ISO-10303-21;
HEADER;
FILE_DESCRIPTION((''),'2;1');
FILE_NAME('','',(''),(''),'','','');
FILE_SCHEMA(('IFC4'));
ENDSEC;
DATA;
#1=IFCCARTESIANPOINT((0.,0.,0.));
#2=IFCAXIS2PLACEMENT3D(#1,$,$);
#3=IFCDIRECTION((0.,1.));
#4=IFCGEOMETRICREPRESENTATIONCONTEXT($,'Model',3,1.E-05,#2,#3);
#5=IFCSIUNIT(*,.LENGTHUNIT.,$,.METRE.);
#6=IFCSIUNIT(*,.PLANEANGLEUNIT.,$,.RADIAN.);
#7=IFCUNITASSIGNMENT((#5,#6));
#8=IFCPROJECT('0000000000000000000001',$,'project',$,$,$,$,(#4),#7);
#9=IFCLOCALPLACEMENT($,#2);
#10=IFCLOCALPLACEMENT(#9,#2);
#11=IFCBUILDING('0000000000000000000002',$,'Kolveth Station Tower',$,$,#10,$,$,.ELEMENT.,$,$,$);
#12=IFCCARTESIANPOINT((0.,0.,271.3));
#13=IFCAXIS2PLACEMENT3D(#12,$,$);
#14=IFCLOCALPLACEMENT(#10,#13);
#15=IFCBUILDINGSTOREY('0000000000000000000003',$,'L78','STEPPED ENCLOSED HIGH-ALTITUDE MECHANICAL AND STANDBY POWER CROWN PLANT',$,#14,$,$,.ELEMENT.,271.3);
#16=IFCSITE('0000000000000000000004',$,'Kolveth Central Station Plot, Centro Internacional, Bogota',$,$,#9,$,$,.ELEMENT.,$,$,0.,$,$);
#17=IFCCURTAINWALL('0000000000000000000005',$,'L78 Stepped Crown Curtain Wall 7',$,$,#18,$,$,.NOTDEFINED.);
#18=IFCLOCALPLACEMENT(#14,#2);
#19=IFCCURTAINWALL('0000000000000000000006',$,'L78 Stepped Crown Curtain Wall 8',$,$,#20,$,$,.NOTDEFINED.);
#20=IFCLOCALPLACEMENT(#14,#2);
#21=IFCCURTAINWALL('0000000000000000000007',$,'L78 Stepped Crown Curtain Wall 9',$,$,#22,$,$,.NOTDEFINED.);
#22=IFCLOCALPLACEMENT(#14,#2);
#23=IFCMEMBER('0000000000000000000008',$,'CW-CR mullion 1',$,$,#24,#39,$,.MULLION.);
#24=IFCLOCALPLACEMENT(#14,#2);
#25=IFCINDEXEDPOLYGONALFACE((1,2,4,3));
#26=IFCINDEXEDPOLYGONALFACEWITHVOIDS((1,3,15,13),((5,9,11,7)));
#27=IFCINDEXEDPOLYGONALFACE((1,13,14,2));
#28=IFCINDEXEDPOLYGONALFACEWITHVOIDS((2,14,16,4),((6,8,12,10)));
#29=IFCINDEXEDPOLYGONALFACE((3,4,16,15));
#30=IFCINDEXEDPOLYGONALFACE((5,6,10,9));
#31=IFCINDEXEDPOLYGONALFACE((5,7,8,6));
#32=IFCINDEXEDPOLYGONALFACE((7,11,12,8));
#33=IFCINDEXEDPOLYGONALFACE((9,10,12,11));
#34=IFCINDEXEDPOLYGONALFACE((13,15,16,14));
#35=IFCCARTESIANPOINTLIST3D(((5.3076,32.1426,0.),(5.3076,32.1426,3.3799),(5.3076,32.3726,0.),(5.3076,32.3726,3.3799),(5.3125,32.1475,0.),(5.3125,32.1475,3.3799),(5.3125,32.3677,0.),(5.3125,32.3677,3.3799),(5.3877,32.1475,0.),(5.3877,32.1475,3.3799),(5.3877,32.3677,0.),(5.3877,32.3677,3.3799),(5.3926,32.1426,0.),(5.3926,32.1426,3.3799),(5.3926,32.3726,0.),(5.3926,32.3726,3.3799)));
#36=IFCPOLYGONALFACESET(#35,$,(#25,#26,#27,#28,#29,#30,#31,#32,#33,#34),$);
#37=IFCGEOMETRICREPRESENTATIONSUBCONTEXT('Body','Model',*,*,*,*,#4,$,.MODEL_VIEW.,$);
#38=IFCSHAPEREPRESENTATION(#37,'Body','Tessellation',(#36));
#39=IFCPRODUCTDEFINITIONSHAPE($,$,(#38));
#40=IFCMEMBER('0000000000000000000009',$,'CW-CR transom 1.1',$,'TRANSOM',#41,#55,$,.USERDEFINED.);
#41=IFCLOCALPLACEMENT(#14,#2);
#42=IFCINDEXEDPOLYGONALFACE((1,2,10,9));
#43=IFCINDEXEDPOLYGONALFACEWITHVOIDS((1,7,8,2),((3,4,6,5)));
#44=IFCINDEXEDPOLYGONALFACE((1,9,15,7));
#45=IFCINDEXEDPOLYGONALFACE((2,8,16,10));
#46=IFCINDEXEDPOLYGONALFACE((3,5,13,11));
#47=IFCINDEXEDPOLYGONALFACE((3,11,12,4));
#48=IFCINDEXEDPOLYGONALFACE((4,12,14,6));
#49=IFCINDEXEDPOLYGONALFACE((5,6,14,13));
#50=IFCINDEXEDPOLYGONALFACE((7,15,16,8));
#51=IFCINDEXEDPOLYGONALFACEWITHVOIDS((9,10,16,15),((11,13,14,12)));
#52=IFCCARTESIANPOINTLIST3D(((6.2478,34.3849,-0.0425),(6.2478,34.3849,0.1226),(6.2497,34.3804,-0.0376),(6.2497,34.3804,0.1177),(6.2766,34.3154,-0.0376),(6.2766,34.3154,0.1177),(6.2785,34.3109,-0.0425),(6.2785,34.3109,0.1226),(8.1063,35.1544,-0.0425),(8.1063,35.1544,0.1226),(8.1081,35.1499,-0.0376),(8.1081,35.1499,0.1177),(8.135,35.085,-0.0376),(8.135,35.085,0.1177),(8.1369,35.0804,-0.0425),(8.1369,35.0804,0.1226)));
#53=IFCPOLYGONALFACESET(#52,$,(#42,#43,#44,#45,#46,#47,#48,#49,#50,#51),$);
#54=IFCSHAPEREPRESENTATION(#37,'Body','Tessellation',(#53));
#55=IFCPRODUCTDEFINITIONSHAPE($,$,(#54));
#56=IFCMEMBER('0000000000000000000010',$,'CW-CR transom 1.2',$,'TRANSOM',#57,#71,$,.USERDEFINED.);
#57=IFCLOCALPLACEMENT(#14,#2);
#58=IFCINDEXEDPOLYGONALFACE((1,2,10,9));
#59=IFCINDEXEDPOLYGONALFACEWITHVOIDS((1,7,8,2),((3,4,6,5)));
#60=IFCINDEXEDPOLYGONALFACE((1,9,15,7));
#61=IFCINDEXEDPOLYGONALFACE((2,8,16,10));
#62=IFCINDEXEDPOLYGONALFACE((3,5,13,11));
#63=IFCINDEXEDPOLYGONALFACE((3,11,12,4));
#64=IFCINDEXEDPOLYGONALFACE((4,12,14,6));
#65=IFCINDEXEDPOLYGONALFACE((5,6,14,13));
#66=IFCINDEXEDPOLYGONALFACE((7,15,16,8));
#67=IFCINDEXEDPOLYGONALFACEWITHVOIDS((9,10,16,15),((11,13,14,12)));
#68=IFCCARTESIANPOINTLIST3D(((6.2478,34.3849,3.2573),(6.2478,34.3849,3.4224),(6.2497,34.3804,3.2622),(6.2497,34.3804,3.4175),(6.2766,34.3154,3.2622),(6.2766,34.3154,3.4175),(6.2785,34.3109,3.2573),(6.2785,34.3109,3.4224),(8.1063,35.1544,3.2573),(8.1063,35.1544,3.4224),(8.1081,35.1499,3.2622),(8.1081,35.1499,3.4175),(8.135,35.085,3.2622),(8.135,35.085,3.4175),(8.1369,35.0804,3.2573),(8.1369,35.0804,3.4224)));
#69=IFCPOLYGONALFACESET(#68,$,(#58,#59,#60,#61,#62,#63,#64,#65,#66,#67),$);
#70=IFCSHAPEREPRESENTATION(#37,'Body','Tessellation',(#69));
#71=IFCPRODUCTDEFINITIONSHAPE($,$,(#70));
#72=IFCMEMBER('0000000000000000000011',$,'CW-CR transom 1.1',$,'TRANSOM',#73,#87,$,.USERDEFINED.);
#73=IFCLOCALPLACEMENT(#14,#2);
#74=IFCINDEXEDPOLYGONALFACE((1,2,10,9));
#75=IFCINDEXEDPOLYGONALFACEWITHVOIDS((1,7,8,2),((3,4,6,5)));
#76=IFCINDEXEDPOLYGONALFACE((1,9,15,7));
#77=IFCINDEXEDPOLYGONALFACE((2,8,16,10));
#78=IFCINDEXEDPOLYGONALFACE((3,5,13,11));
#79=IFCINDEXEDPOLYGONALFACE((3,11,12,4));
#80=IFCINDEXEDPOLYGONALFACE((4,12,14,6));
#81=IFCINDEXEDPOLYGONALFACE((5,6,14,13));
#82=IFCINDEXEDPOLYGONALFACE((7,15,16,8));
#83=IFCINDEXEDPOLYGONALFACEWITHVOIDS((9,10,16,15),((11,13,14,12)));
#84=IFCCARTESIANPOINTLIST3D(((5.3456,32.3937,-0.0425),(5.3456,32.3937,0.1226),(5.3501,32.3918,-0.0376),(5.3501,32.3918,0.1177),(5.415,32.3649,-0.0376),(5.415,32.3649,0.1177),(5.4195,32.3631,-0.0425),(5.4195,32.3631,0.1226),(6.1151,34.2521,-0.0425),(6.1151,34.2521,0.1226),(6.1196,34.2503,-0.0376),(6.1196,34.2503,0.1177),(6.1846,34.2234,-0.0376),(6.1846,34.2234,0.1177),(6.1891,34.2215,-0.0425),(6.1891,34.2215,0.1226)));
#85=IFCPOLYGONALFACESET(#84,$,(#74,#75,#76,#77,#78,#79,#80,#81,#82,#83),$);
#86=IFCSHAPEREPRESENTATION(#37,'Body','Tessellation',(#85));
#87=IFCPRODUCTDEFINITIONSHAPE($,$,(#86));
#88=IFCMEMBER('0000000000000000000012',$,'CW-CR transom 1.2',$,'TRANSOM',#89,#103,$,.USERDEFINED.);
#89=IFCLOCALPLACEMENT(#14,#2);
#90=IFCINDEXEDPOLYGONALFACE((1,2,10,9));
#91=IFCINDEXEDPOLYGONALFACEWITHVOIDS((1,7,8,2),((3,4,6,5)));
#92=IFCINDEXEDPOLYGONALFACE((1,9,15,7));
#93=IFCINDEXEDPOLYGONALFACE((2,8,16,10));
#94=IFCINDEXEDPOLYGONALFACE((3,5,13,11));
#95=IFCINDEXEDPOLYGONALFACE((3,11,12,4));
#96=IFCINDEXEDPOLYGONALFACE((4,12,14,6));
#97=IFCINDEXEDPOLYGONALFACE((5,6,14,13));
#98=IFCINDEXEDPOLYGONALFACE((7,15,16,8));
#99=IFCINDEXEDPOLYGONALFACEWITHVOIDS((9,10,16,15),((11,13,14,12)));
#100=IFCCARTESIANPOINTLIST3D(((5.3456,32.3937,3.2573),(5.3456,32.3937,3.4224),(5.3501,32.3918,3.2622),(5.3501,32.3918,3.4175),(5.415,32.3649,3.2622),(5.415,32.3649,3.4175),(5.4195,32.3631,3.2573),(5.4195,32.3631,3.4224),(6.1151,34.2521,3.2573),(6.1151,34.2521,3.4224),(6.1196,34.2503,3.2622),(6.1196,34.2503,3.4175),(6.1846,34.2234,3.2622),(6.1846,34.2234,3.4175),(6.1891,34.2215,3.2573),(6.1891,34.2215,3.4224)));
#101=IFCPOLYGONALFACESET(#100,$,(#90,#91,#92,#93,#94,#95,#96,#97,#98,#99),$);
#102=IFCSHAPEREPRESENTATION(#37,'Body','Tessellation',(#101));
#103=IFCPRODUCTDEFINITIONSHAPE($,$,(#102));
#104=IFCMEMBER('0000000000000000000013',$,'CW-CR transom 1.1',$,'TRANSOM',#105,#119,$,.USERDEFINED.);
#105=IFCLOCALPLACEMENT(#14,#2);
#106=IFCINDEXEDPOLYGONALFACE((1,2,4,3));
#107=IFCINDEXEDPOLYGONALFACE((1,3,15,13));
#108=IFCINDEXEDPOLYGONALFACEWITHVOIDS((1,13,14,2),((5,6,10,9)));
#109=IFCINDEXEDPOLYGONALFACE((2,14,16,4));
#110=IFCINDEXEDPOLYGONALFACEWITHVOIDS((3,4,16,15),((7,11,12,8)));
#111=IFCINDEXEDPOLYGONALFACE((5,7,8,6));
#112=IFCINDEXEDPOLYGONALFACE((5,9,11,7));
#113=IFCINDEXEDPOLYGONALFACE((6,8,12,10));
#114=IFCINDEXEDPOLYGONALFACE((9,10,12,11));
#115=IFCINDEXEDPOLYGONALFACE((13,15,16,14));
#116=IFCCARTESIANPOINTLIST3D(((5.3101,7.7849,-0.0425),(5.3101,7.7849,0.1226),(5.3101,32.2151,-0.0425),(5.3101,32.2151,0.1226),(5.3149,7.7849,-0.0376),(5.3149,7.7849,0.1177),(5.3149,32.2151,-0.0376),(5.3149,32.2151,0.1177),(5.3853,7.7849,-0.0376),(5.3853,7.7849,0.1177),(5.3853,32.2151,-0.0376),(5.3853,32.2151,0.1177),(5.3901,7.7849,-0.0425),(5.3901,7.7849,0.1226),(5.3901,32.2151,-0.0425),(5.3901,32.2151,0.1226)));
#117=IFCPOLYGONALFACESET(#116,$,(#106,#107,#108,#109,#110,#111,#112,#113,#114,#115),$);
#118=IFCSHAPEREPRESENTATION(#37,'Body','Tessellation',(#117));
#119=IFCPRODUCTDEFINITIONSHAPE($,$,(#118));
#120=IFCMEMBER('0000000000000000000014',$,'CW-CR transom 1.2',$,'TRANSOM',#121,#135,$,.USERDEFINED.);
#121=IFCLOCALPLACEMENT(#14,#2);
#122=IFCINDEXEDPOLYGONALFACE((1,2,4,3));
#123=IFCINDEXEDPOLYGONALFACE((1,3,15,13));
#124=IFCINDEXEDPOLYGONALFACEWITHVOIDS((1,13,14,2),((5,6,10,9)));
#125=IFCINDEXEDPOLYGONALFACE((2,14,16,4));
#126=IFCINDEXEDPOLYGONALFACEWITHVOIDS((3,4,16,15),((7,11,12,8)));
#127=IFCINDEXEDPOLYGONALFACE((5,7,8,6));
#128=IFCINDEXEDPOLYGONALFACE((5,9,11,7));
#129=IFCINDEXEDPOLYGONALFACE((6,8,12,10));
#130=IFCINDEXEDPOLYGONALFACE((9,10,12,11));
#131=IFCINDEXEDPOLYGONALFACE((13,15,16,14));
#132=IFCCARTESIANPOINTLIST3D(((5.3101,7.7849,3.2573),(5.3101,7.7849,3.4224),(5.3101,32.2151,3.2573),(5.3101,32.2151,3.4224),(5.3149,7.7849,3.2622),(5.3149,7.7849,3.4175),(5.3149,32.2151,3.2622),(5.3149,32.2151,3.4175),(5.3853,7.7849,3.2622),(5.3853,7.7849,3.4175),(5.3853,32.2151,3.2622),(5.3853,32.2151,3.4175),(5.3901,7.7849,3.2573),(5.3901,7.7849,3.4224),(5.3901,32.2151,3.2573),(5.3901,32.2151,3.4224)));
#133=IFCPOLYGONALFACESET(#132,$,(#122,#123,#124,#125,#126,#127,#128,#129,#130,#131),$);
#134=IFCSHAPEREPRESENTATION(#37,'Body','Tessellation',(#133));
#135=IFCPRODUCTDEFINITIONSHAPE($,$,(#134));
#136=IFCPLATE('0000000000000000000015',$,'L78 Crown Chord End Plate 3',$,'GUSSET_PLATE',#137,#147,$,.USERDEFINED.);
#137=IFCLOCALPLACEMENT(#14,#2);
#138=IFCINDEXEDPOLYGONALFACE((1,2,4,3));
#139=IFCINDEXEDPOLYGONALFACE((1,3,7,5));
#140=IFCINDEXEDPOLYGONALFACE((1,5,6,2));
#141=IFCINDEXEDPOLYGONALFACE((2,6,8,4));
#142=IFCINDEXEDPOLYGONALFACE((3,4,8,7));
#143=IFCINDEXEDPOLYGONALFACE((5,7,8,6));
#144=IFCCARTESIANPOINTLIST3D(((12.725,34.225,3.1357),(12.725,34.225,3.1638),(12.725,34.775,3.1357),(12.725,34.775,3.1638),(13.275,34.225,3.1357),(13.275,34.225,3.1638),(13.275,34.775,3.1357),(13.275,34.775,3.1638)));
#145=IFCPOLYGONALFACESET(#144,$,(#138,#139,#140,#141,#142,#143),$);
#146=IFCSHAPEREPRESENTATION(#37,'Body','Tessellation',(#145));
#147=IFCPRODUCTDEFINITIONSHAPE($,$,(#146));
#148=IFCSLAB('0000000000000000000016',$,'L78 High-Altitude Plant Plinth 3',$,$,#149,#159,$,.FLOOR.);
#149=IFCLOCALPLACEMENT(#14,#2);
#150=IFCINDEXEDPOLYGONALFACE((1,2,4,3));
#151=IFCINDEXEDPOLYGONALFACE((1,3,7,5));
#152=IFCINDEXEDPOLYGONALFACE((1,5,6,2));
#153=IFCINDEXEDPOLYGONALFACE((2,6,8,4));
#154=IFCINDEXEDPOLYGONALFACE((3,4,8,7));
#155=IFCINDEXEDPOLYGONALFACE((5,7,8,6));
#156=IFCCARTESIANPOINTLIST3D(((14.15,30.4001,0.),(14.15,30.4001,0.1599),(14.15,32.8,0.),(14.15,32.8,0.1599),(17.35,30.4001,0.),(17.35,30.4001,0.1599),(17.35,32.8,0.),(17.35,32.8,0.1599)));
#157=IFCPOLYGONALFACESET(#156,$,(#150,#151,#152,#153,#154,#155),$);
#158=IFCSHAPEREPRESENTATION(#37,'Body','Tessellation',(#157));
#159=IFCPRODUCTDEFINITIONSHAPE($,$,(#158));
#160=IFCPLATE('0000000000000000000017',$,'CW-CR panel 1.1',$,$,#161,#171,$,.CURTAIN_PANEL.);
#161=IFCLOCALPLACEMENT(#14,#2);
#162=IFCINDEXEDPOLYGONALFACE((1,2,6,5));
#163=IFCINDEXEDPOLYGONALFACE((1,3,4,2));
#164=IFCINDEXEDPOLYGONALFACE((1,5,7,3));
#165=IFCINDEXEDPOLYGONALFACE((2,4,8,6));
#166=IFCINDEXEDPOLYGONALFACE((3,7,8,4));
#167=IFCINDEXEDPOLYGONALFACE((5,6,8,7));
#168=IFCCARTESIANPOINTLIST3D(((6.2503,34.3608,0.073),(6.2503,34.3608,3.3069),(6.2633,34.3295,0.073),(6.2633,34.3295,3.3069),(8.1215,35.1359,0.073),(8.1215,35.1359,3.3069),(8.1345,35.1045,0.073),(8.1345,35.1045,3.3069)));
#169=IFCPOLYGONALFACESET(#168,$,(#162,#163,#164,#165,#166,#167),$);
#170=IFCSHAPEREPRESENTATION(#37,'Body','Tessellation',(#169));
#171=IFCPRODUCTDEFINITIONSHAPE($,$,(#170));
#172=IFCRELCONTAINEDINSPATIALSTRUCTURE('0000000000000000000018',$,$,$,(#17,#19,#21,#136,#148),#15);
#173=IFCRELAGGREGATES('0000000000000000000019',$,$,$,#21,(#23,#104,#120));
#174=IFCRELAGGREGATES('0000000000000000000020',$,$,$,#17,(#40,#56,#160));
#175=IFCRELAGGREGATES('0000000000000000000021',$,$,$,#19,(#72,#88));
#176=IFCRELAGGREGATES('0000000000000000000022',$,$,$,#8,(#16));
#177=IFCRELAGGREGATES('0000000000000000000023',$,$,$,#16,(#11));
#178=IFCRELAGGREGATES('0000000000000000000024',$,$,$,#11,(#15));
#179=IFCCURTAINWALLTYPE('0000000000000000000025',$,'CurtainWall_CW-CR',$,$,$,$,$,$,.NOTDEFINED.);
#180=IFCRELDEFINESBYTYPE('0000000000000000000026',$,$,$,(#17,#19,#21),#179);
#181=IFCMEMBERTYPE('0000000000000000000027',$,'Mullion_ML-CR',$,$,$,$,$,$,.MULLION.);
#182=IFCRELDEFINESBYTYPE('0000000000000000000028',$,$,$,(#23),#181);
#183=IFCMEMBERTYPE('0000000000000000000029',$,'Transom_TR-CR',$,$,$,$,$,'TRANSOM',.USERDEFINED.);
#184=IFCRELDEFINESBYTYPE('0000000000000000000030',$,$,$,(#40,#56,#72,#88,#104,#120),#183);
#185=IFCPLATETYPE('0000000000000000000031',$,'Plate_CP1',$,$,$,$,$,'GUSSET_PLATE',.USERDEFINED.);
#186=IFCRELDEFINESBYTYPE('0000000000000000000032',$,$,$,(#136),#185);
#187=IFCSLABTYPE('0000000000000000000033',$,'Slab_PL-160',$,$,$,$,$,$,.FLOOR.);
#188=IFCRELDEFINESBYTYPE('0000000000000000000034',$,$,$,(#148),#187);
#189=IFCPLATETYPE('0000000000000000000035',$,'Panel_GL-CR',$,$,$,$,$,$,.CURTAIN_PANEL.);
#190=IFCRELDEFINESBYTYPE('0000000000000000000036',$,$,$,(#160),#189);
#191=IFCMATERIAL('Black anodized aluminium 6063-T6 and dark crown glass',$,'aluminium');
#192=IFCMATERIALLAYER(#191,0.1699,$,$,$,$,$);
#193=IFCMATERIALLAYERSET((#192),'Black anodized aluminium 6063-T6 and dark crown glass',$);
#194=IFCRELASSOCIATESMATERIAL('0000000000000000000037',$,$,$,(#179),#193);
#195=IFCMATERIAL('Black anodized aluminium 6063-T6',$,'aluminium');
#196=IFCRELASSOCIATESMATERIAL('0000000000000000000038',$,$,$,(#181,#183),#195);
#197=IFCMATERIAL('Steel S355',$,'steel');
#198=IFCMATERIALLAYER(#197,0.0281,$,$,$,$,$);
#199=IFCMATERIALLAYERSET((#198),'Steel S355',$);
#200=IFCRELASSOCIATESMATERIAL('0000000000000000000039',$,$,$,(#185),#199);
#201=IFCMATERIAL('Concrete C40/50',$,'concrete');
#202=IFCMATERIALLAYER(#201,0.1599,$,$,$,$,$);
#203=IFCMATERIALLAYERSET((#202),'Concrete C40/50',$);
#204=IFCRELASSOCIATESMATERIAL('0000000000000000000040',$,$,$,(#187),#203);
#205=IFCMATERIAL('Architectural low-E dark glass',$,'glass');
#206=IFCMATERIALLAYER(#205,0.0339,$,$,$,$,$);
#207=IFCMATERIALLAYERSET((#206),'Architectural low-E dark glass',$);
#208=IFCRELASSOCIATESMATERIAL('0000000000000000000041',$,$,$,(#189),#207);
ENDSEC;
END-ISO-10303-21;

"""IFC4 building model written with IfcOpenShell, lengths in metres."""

from ifc_helpers import new_model, si_unit, direction, frame, origin, origin_2d, place, context, subcontext, project, spatial, rectangle, hollow_rectangle, extrude, source, transform, mapped, material, layer, layer_set, material_profile, profile_set, type_object, element, aggregate, save


model = new_model("IFC4")

# Units and contexts
model_context = context("Model", 3, precision=1e-05, world=origin(), true_north=direction((0.0, 1.0)))
body_context = subcontext(model_context, "Body", "Model", "MODEL_VIEW")
ifc_project = project(units=[si_unit("LENGTHUNIT", "METRE"), si_unit("PLANEANGLEUNIT", "RADIAN")], contexts=[model_context])

# Site, building, storey
site_placement = place(None, origin())
site = spatial("IfcSite", under=ifc_project, at=site_placement, Name="Kolveth Central Station Plot, Centro Internacional, Bogota", CompositionType="ELEMENT", RefElevation=0.0)
building_placement = place(site_placement, origin())
building = spatial("IfcBuilding", under=site, at=building_placement, Name="Kolveth Station Tower", CompositionType="ELEMENT")
storey_placement = place(building_placement, frame((0.0, 0.0, 271.3)))
storey = spatial("IfcBuildingStorey", under=building, at=storey_placement, Name="L78", Description="STEPPED ENCLOSED HIGH-ALTITUDE MECHANICAL AND STANDBY POWER CROWN PLANT", CompositionType="ELEMENT", Elevation=271.3)

# Shared definitions
ifc_material_1 = material(Name="Steel S355", Category="steel")

# Shared definitions
ifc_material_2 = material(Name="Black anodized aluminium 6063-T6 and dark crown glass", Category="aluminium")
ifc_layer_1 = layer(ifc_material_2, 0.1699)
ifc_layer_set_1 = layer_set([ifc_layer_1], Name="Black anodized aluminium 6063-T6 and dark crown glass")
curtain_wall_type = type_object("IfcCurtainWallType", Name="CurtainWall_CW-CR", PredefinedType="NOTDEFINED", material=ifc_layer_set_1)
ifc_material_3 = material(Name="Black anodized aluminium 6063-T6", Category="aluminium")
ifc_material_profile_1 = material_profile(ifc_material_3, hollow_rectangle(XDim=0.085, YDim=0.23, WallThickness=0.0049, at=origin_2d()), Name="ALU-85x230x5")
ifc_profile_set_1 = profile_set([ifc_material_profile_1], Name="Black anodized aluminium 6063-T6")
member_type_1 = type_object("IfcMemberType", Name="Mullion_ML-CR", PredefinedType="MULLION", material=ifc_profile_set_1)
shared_shape_1 = source(origin(), body_context, "Body", "SweptSolid", [
    extrude(hollow_rectangle(XDim=0.085, YDim=0.23, WallThickness=0.0049, at=origin_2d()), origin(), (0.0, 0.0, 1.0), 3.3799),
])

# Curtain walls
curtain_wall_1_placement = place(storey_placement, origin())
curtain_wall_1 = element("IfcCurtainWall", 1, at=curtain_wall_1_placement, inside=storey, type_object=curtain_wall_type, Name="L78 Stepped Crown Curtain Wall 7", PredefinedType="NOTDEFINED")
curtain_wall_2_placement = place(storey_placement, origin())
curtain_wall_2 = element("IfcCurtainWall", 2, at=curtain_wall_2_placement, inside=storey, type_object=curtain_wall_type, Name="L78 Stepped Crown Curtain Wall 8", PredefinedType="NOTDEFINED")

# Curtain wall, member
curtain_wall_3_placement = place(storey_placement, origin())
curtain_wall_3 = element("IfcCurtainWall", 3, at=curtain_wall_3_placement, inside=storey, type_object=curtain_wall_type, Name="L78 Stepped Crown Curtain Wall 9", PredefinedType="NOTDEFINED")
member_1_placement = place(storey_placement, frame((5.3501, 32.2576, 0.0), z_axis=(0.0, 0.0, 1.0), x_axis=(1.0, 0.0, 0.0)))
member_1 = element("IfcMember", 4, at=member_1_placement, type_object=member_type_1, Name="CW-CR mullion 1", PredefinedType="MULLION", context=body_context, shape_type="MappedRepresentation", body=[
    mapped(shared_shape_1, transform((0.0, 0.0, 0.0), x_axis=(1.0, 0.0, 0.0), y_axis=(0.0, 1.0, 0.0), z_axis=(0.0, 0.0, 1.0), scale=1.0)),
])

# Members
ifc_material_profile_2 = material_profile(ifc_material_3, hollow_rectangle(XDim=0.0801, YDim=0.165, WallThickness=0.0049, at=origin_2d()), Name="ALU-80x165x5")
ifc_profile_set_2 = profile_set([ifc_material_profile_2], Name="Black anodized aluminium 6063-T6")
member_type_2 = type_object("IfcMemberType", Name="Transom_TR-CR", ElementType="TRANSOM", PredefinedType="USERDEFINED", material=ifc_profile_set_2)
shared_shape_2 = source(origin(), body_context, "Body", "SweptSolid", [
    extrude(hollow_rectangle(XDim=0.0801, YDim=0.165, WallThickness=0.0049, at=origin_2d()), origin(), (0.0, 0.0, 1.0), 2.0115),
])
member_2_placement = place(storey_placement, frame((8.1216, 35.1174, 0.04), z_axis=(-0.923922, -0.38258, 0.0), x_axis=(0.38258, -0.923922, 0.0)))
member_2 = element("IfcMember", 5, at=member_2_placement, type_object=member_type_2, Name="CW-CR transom 1.1", ObjectType="TRANSOM", PredefinedType="USERDEFINED", context=body_context, shape_type="MappedRepresentation", body=[
    mapped(shared_shape_2, transform((0.0, 0.0, 0.0), x_axis=(1.0, 0.0, 0.0), y_axis=(0.0, 1.0, 0.0), z_axis=(0.0, 0.0, 1.0), scale=1.0)),
])
member_3_placement = place(storey_placement, frame((8.1216, 35.1174, 3.3398), z_axis=(-0.923922, -0.38258, 0.0), x_axis=(0.38258, -0.923922, 0.0)))
member_3 = element("IfcMember", 6, at=member_3_placement, type_object=member_type_2, Name="CW-CR transom 1.2", ObjectType="TRANSOM", PredefinedType="USERDEFINED", context=body_context, shape_type="MappedRepresentation", body=[
    mapped(shared_shape_2, transform((0.0, 0.0, 0.0), x_axis=(1.0, 0.0, 0.0), y_axis=(0.0, 1.0, 0.0), z_axis=(0.0, 0.0, 1.0), scale=1.0)),
])
member_4_placement = place(storey_placement, frame((6.1521, 34.2368, 0.04), z_axis=(-0.38258, -0.923922, 0.0), x_axis=(0.923922, -0.38258, 0.0)))
member_4 = element("IfcMember", 7, at=member_4_placement, type_object=member_type_2, Name="CW-CR transom 1.1", ObjectType="TRANSOM", PredefinedType="USERDEFINED", context=body_context, shape_type="MappedRepresentation", body=[
    mapped(shared_shape_2, transform((0.0, 0.0, 0.0), x_axis=(1.0, 0.0, 0.0), y_axis=(0.0, 1.0, 0.0), z_axis=(0.0, 0.0, 1.0), scale=1.0)),
])
member_5_placement = place(storey_placement, frame((6.1521, 34.2368, 3.3398), z_axis=(-0.38258, -0.923922, 0.0), x_axis=(0.923922, -0.38258, 0.0)))
member_5 = element("IfcMember", 8, at=member_5_placement, type_object=member_type_2, Name="CW-CR transom 1.2", ObjectType="TRANSOM", PredefinedType="USERDEFINED", context=body_context, shape_type="MappedRepresentation", body=[
    mapped(shared_shape_2, transform((0.0, 0.0, 0.0), x_axis=(1.0, 0.0, 0.0), y_axis=(0.0, 1.0, 0.0), z_axis=(0.0, 0.0, 1.0), scale=1.0)),
])
shared_shape_3 = source(origin(), body_context, "Body", "SweptSolid", [
    extrude(hollow_rectangle(XDim=0.0801, YDim=0.165, WallThickness=0.0049, at=origin_2d()), origin(), (0.0, 0.0, 1.0), 24.4302),
])
member_6_placement = place(storey_placement, frame((5.3501, 32.2151, 0.04), z_axis=(0.0, -1.0, 0.0), x_axis=(1.0, 0.0, 0.0)))
member_6 = element("IfcMember", 9, at=member_6_placement, type_object=member_type_2, Name="CW-CR transom 1.1", ObjectType="TRANSOM", PredefinedType="USERDEFINED", context=body_context, shape_type="MappedRepresentation", body=[
    mapped(shared_shape_3, transform((0.0, 0.0, 0.0), x_axis=(1.0, 0.0, 0.0), y_axis=(0.0, 1.0, 0.0), z_axis=(0.0, 0.0, 1.0), scale=1.0)),
])
member_7_placement = place(storey_placement, frame((5.3501, 32.2151, 3.3398), z_axis=(0.0, -1.0, 0.0), x_axis=(1.0, 0.0, 0.0)))
member_7 = element("IfcMember", 10, at=member_7_placement, type_object=member_type_2, Name="CW-CR transom 1.2", ObjectType="TRANSOM", PredefinedType="USERDEFINED", context=body_context, shape_type="MappedRepresentation", body=[
    mapped(shared_shape_3, transform((0.0, 0.0, 0.0), x_axis=(1.0, 0.0, 0.0), y_axis=(0.0, 1.0, 0.0), z_axis=(0.0, 0.0, 1.0), scale=1.0)),
])
aggregate(curtain_wall_3, [member_1, member_6, member_7])

# Plate
ifc_layer_2 = layer(ifc_material_1, 0.0281)
ifc_layer_set_2 = layer_set([ifc_layer_2], Name="Steel S355")
plate_type_1 = type_object("IfcPlateType", Name="Plate_CP1", ElementType="GUSSET_PLATE", PredefinedType="USERDEFINED", material=ifc_layer_set_2)
shared_shape_4 = source(origin(), body_context, "Body", "SweptSolid", [
    extrude(rectangle(XDim=0.55, YDim=0.55, at=origin_2d()), origin(), (0.0, 0.0, 1.0), 0.0281),
])
plate_1_placement = place(storey_placement, frame((13.0, 34.5, 3.1357), z_axis=(0.0, 0.0, 1.0), x_axis=(1.0, 0.0, 0.0)))
element("IfcPlate", 11, at=plate_1_placement, inside=storey, type_object=plate_type_1, Name="L78 Crown Chord End Plate 3", ObjectType="GUSSET_PLATE", PredefinedType="USERDEFINED", context=body_context, shape_type="MappedRepresentation", body=[
    mapped(shared_shape_4, transform((0.0, 0.0, 0.0), x_axis=(1.0, 0.0, 0.0), y_axis=(0.0, 1.0, 0.0), z_axis=(0.0, 0.0, 1.0), scale=1.0)),
])

# Slab
ifc_material_4 = material(Name="Concrete C40/50", Category="concrete")
ifc_layer_3 = layer(ifc_material_4, 0.1599)
ifc_layer_set_3 = layer_set([ifc_layer_3], Name="Concrete C40/50")
slab_type = type_object("IfcSlabType", Name="Slab_PL-160", PredefinedType="FLOOR", material=ifc_layer_set_3)
shared_shape_5 = source(origin(), body_context, "Body", "SweptSolid", [
    extrude(rectangle(XDim=3.2, YDim=2.3999, at=origin_2d()), origin(), (0.0, 0.0, 1.0), 0.1599),
])
slab_placement = place(storey_placement, frame((15.75, 31.6001, 0.0), z_axis=(0.0, 0.0, 1.0), x_axis=(1.0, 0.0, 0.0)))
element("IfcSlab", 12, at=slab_placement, inside=storey, type_object=slab_type, Name="L78 High-Altitude Plant Plinth 3", PredefinedType="FLOOR", context=body_context, shape_type="MappedRepresentation", body=[
    mapped(shared_shape_5, transform((0.0, 0.0, 0.0), x_axis=(1.0, 0.0, 0.0), y_axis=(0.0, 1.0, 0.0), z_axis=(0.0, 0.0, 1.0), scale=1.0)),
])

# Plate
ifc_material_5 = material(Name="Architectural low-E dark glass", Category="glass")
ifc_layer_4 = layer(ifc_material_5, 0.0339)
ifc_layer_set_4 = layer_set([ifc_layer_4], Name="Architectural low-E dark glass")
plate_type_2 = type_object("IfcPlateType", Name="Panel_GL-CR", PredefinedType="CURTAIN_PANEL", material=ifc_layer_set_4)
shared_shape_6 = source(origin(), body_context, "Body", "SweptSolid", [
    extrude(rectangle(XDim=2.0254, YDim=0.0339, at=origin_2d()), origin(), (0.0, 0.0, 1.0), 3.2339),
])
plate_2_placement = place(storey_placement, frame((7.1924, 34.7327, 0.073), z_axis=(0.0, 0.0, 1.0), x_axis=(-0.92389, -0.382658, 0.0)))
plate_2 = element("IfcPlate", 13, at=plate_2_placement, type_object=plate_type_2, Name="CW-CR panel 1.1", PredefinedType="CURTAIN_PANEL", context=body_context, shape_type="MappedRepresentation", body=[
    mapped(shared_shape_6, transform((0.0, 0.0, 0.0), x_axis=(1.0, 0.0, 0.0), y_axis=(0.0, 1.0, 0.0), z_axis=(0.0, 0.0, 1.0), scale=1.0)),
])
aggregate(curtain_wall_1, [member_2, member_3, plate_2])
aggregate(curtain_wall_2, [member_4, member_5])

save(model, "model.ifc")
